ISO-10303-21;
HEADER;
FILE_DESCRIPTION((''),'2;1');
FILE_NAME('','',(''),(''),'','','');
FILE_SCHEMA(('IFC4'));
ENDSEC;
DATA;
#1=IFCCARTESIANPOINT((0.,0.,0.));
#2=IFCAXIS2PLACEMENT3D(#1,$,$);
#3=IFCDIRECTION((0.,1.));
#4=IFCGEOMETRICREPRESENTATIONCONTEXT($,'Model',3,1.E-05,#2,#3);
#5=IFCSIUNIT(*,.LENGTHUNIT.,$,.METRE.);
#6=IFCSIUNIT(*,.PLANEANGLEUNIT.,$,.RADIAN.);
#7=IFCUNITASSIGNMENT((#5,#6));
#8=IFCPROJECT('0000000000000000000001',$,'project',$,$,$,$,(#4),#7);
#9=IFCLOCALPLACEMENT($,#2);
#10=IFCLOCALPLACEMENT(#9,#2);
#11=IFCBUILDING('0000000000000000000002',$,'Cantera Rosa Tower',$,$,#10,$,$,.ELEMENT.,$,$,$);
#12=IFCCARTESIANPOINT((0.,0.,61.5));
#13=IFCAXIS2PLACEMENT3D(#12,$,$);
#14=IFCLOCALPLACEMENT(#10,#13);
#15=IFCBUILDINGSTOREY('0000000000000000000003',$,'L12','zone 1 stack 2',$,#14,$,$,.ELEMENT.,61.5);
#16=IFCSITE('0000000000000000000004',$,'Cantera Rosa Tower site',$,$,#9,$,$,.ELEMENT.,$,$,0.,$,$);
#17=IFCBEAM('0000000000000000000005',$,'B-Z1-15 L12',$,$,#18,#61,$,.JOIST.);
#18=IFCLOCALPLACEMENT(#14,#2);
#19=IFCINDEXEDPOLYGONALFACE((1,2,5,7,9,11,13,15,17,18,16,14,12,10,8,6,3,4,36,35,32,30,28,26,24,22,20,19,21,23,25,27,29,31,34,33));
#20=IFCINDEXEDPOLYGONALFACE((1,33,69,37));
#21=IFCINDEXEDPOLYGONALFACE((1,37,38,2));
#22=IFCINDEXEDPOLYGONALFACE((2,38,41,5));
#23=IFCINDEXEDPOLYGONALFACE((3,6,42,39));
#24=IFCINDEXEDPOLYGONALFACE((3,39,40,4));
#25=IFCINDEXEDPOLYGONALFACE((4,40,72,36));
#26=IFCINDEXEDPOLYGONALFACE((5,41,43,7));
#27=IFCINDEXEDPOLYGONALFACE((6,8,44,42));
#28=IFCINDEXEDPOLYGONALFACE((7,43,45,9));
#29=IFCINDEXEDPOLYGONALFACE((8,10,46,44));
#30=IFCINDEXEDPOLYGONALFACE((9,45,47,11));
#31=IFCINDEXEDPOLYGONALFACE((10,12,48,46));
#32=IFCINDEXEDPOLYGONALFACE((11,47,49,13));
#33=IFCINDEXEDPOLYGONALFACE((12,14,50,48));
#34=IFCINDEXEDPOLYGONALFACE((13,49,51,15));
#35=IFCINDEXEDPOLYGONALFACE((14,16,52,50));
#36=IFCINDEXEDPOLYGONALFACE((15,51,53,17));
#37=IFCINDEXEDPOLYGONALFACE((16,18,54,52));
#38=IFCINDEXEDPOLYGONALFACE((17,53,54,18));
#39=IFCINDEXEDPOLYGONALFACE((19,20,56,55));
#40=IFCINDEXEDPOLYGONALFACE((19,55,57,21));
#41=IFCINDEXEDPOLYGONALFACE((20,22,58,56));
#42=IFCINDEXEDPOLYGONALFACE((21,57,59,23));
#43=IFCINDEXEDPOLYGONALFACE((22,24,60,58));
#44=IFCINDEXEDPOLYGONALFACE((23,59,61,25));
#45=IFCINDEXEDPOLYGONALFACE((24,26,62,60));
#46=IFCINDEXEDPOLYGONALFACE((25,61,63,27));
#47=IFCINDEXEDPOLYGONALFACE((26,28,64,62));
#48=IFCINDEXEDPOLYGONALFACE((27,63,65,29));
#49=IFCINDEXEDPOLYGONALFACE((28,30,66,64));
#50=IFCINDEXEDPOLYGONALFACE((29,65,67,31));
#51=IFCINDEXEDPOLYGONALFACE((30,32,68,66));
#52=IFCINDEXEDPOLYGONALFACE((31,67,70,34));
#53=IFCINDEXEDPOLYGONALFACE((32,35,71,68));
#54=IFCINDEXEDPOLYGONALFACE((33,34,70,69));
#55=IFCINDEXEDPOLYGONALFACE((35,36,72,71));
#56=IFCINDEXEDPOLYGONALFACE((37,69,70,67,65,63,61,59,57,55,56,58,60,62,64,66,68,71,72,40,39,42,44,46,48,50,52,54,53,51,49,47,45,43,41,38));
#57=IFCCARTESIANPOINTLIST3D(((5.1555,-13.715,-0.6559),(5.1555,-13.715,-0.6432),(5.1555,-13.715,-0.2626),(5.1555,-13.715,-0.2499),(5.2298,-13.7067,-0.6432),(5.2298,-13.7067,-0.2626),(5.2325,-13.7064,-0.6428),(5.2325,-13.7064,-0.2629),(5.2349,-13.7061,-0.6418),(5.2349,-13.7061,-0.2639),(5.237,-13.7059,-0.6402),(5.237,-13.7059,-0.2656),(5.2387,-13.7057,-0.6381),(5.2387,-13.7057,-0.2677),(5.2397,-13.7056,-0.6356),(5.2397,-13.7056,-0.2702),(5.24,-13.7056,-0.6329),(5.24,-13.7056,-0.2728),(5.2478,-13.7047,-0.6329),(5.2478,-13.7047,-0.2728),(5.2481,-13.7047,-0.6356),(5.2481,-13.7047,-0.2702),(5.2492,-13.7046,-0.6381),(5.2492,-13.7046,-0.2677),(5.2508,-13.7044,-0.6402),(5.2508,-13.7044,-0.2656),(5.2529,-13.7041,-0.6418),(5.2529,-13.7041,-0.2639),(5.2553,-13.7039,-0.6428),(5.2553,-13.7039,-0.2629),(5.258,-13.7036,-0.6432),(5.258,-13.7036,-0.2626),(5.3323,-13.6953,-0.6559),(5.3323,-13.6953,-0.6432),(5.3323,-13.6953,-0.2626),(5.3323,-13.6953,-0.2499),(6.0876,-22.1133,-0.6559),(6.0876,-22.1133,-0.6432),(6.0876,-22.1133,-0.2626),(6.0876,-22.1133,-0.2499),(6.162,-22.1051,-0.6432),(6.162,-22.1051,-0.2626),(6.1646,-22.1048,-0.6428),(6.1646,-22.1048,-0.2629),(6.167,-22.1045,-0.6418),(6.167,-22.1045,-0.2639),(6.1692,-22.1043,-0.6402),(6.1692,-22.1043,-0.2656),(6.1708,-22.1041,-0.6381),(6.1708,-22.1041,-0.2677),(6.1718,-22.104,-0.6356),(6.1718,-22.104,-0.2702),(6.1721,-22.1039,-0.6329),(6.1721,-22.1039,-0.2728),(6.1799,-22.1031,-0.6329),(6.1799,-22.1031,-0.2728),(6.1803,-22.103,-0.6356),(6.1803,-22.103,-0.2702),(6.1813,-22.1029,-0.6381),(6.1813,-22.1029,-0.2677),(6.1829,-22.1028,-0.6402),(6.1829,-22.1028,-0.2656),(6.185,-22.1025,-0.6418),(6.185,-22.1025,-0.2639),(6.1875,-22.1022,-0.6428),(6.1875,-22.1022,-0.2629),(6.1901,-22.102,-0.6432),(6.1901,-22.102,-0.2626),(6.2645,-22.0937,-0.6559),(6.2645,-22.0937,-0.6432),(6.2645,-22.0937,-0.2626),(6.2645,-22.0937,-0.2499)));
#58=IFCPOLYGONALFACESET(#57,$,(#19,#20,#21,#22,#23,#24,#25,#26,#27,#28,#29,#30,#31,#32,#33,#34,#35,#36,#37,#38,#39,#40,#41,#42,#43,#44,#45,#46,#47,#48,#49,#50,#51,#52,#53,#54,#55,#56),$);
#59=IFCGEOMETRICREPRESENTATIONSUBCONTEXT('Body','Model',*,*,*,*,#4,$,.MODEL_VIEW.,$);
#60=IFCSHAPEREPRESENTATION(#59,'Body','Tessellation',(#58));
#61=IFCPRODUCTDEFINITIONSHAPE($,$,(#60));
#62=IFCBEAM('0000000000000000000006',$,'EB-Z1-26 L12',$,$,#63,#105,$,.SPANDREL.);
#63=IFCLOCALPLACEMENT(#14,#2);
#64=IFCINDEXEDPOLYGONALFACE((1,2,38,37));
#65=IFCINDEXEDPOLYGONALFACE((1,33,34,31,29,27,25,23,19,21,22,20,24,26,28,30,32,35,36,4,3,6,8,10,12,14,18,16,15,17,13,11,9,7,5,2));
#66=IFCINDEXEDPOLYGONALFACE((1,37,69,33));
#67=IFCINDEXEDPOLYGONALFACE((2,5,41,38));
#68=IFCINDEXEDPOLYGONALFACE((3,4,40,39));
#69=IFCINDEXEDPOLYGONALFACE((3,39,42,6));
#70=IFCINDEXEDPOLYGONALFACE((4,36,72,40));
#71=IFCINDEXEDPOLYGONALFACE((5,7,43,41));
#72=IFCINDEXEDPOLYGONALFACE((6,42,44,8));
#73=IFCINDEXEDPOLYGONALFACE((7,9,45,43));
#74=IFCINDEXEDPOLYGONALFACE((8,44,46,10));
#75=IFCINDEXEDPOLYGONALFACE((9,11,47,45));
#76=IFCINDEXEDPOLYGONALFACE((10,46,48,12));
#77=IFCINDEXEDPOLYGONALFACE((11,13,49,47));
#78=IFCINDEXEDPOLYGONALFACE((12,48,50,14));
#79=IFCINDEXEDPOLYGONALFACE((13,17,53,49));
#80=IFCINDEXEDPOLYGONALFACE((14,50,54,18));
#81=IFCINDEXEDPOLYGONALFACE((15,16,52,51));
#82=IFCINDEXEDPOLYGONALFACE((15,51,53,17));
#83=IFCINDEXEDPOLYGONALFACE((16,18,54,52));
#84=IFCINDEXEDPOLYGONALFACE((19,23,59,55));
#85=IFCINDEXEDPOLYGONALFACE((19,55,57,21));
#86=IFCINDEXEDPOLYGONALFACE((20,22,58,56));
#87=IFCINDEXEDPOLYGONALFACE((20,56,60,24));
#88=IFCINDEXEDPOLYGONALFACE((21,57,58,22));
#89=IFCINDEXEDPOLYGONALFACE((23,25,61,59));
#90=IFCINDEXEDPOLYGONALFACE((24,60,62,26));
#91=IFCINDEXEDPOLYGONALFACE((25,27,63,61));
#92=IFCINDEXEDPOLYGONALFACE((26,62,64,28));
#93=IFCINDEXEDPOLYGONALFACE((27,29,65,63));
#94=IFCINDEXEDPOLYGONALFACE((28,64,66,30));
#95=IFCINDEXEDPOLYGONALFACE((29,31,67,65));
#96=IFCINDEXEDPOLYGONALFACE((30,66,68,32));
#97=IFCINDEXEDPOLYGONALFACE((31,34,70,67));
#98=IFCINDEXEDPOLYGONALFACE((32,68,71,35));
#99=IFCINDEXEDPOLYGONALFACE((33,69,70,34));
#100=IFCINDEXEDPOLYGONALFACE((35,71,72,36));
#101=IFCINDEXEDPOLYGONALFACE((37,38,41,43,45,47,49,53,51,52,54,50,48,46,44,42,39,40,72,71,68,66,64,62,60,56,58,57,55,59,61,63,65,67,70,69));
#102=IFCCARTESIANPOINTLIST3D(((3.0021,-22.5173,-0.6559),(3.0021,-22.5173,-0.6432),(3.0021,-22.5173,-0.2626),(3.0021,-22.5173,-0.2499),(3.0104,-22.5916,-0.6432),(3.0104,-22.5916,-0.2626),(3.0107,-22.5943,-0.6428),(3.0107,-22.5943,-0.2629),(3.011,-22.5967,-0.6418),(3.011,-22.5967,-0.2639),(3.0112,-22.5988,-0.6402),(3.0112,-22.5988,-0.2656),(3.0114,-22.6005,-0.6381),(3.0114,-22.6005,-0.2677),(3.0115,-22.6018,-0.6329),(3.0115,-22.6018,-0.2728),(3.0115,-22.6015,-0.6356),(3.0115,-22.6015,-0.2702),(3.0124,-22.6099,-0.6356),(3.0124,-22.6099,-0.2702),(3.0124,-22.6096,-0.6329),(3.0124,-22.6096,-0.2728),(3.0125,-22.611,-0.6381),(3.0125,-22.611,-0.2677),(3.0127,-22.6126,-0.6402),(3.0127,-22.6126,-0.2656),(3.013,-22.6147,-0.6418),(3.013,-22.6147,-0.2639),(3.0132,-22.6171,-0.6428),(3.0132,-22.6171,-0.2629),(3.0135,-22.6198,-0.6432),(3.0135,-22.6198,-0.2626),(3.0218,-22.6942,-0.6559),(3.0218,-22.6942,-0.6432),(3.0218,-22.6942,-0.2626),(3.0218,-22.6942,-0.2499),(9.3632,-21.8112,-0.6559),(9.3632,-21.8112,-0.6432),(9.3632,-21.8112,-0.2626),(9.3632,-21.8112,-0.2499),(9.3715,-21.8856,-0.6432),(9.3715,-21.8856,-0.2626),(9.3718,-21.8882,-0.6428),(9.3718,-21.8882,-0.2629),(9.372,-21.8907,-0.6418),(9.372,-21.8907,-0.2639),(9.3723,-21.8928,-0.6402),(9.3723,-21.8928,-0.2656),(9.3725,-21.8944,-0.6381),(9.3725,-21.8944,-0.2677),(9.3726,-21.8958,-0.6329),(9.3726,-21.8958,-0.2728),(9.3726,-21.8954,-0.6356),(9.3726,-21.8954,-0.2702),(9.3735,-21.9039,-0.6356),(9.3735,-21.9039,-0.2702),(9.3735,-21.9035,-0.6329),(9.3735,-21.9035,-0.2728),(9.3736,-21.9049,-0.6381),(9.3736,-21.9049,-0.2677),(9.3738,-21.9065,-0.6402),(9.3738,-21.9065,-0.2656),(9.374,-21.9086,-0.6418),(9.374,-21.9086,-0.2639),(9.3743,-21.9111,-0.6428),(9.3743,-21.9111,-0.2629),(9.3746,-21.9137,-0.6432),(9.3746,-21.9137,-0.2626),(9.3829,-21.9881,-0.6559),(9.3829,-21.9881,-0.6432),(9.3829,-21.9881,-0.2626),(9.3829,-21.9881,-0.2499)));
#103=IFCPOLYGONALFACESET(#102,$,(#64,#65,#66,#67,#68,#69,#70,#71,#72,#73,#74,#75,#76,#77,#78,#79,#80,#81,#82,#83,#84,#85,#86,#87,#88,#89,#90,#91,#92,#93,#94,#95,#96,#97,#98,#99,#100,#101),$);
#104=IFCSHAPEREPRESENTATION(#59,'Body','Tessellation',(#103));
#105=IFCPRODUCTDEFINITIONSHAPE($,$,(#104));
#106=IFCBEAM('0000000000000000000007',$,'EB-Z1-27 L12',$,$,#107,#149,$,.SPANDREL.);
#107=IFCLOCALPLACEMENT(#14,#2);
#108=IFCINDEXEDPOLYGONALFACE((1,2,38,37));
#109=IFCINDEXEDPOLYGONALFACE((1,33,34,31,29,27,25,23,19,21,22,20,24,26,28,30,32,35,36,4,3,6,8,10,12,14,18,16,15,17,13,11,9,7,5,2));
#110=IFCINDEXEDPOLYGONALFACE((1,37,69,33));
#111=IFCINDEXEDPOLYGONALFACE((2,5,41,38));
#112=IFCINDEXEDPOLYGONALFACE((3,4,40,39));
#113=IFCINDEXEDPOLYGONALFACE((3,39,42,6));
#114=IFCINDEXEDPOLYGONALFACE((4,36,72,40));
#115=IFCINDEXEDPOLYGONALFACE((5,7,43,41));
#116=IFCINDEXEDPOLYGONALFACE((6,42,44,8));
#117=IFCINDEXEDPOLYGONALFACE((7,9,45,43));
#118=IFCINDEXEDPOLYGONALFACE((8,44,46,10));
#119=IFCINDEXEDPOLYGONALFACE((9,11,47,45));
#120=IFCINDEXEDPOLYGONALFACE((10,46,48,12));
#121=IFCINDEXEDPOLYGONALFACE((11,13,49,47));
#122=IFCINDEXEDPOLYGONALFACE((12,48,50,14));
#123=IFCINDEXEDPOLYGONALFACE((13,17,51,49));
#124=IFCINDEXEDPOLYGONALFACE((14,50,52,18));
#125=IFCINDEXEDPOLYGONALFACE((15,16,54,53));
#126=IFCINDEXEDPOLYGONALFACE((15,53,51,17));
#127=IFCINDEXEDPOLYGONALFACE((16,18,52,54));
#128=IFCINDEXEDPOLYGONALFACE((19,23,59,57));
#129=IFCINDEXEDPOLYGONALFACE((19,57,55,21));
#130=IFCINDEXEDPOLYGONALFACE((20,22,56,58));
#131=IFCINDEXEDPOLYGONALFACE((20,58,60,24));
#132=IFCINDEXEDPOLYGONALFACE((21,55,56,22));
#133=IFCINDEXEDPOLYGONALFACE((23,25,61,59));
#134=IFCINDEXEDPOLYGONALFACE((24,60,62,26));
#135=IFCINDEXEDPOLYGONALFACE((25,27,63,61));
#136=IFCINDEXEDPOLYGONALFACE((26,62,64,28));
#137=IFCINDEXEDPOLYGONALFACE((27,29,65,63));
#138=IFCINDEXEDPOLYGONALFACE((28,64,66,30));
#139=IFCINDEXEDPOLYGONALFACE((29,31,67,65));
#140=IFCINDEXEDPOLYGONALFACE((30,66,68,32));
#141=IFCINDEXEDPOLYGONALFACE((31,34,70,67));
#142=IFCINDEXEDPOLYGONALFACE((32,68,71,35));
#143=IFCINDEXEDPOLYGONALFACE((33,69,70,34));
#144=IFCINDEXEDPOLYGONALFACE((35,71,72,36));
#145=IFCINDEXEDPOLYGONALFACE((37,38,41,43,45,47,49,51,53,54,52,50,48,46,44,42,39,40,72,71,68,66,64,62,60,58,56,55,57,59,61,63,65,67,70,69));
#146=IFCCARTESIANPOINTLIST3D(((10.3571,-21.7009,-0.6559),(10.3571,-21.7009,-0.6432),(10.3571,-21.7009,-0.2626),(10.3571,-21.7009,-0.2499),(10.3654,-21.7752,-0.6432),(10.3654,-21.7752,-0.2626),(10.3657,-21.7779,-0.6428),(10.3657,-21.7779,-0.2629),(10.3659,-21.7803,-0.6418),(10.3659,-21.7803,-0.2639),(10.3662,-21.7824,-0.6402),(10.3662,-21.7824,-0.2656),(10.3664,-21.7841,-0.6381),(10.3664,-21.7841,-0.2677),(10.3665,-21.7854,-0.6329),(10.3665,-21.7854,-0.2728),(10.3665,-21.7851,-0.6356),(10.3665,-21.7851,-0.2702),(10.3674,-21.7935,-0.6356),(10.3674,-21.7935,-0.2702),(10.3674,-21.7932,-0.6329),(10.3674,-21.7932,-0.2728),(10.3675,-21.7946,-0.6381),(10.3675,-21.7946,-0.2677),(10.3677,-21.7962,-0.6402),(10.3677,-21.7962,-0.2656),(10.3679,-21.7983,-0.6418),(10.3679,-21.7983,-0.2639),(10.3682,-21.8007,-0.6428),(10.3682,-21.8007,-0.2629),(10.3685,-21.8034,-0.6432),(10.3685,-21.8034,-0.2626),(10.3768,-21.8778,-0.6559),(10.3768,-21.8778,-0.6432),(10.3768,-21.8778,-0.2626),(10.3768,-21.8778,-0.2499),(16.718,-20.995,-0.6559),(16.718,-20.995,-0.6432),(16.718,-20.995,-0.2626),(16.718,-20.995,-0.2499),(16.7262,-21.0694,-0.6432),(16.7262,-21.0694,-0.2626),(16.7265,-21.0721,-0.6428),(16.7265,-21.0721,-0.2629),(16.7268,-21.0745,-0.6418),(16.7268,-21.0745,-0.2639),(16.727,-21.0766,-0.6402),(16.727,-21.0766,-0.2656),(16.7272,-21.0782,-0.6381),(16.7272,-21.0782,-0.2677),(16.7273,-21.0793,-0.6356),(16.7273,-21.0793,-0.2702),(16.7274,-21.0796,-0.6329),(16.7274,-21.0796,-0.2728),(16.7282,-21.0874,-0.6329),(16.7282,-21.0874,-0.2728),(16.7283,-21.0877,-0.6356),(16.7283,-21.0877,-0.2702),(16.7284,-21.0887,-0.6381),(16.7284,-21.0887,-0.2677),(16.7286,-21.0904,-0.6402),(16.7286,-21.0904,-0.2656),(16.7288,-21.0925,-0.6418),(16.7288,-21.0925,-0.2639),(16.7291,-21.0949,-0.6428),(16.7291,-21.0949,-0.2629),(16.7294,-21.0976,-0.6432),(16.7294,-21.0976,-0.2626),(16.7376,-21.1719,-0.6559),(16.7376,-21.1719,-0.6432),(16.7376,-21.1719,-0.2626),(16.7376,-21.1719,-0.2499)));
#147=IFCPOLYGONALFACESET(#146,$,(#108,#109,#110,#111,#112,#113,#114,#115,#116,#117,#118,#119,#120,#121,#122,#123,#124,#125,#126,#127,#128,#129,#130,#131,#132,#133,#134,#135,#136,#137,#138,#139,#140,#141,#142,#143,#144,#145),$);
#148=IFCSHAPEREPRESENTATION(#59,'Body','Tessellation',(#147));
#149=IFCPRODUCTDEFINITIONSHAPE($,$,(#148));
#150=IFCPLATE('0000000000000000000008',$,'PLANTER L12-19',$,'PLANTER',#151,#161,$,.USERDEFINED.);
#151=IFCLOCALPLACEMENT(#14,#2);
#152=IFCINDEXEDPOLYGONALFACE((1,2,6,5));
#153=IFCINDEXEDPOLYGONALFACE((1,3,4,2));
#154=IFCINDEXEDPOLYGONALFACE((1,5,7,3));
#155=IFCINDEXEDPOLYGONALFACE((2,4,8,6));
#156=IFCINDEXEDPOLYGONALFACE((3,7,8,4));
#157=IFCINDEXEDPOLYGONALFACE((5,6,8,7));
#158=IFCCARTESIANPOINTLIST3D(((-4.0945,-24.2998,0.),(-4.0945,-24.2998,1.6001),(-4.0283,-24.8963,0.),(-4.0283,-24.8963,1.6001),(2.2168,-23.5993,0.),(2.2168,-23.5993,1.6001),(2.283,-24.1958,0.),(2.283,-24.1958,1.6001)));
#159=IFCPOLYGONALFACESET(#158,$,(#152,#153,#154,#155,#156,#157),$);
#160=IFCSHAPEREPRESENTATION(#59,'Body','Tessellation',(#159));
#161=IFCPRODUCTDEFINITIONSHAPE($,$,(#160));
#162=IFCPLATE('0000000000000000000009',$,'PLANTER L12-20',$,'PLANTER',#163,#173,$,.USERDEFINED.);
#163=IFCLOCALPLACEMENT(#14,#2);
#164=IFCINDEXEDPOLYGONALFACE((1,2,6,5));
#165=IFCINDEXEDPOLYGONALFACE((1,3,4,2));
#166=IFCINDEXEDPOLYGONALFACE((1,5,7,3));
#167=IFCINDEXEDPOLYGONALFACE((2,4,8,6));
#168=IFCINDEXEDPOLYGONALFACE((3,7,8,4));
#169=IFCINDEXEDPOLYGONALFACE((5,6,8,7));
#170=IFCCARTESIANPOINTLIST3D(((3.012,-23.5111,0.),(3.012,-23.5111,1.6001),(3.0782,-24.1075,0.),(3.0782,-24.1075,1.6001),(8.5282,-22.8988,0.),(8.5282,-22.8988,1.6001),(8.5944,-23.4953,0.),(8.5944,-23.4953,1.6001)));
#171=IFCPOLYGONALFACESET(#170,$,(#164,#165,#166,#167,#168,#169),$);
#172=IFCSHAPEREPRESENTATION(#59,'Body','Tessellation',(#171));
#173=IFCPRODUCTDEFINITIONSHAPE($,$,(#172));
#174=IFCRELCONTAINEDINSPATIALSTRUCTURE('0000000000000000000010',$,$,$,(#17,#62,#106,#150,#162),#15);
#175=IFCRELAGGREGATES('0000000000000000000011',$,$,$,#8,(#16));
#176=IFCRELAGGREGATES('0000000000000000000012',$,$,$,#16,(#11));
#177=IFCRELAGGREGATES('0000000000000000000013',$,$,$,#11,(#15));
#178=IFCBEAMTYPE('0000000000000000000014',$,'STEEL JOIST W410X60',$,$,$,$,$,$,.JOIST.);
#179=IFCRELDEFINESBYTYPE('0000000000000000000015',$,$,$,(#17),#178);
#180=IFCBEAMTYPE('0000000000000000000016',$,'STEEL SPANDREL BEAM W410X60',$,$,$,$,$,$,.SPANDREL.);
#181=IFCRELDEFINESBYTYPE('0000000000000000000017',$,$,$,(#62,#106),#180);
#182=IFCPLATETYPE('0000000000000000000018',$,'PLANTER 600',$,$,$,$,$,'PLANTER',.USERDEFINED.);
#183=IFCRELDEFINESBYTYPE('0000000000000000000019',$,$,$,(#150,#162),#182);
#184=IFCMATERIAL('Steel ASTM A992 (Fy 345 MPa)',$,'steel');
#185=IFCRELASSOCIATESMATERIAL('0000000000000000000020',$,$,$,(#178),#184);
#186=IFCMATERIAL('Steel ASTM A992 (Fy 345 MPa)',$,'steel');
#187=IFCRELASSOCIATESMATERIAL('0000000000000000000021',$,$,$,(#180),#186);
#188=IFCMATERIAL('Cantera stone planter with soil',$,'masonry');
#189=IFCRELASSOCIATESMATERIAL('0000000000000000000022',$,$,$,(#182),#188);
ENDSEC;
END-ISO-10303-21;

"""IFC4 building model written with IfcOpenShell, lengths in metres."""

from ifc_helpers import new_model, si_unit, direction, frame, origin, origin_2d, place, context, subcontext, project, spatial, rectangle, i_section, extrude, material, material_profile, profile_set, type_object, element, save


model = new_model("IFC4")

# Units and contexts
model_context = context("Model", 3, precision=1e-05, world=origin(), true_north=direction((0.0, 1.0)))
body_context = subcontext(model_context, "Body", "Model", "MODEL_VIEW")
ifc_project = project(units=[si_unit("LENGTHUNIT", "METRE"), si_unit("PLANEANGLEUNIT", "RADIAN")], contexts=[model_context])

# Site, building, storey
site_placement = place(None, origin())
site = spatial("IfcSite", under=ifc_project, at=site_placement, Name="Cantera Rosa Tower site", CompositionType="ELEMENT", RefElevation=0.0)
building_placement = place(site_placement, origin())
building = spatial("IfcBuilding", under=site, at=building_placement, Name="Cantera Rosa Tower", CompositionType="ELEMENT")
storey_placement = place(building_placement, frame((0.0, 0.0, 61.5)))
storey = spatial("IfcBuildingStorey", under=building, at=storey_placement, Name="L12", Description="zone 1 stack 2", CompositionType="ELEMENT", Elevation=61.5)

# Beams
ifc_material_1 = material(Name="Steel ASTM A992 (Fy 345 MPa)", Category="steel")
ifc_material_profile_1 = material_profile(ifc_material_1, i_section(OverallWidth=0.178, OverallDepth=0.406, WebThickness=0.0078, FlangeThickness=0.0127, FilletRadius=0.0103, at=origin_2d()), Name="W410X60")
ifc_profile_set_1 = profile_set([ifc_material_profile_1], Name="Steel ASTM A992 (Fy 345 MPa)")
beam_type_1 = type_object("IfcBeamType", Name="STEEL JOIST W410X60", PredefinedType="JOIST", material=ifc_profile_set_1)
for number, where, z_axis, x_axis, name in (
    (1, (6.176, -22.1035, -0.4529), (-0.110311, 0.993897, 0.0), (-0.993897, -0.110311, 0.0), "B-Z1-15 L12"),
):
    element("IfcBeam", number, at=place(storey_placement, frame(where, z_axis=z_axis, x_axis=x_axis)), inside=storey, type_object=beam_type_1, Name=name, PredefinedType="JOIST", context=body_context, shape_type="SweptSolid", body=[
        extrude(i_section(OverallWidth=0.178, OverallDepth=0.406, WebThickness=0.0078, FlangeThickness=0.0127, FilletRadius=0.0103, at=origin_2d()), origin(), (0.0, 0.0, 1.0), 8.45),
    ])
ifc_material_2 = material(Name="Steel ASTM A992 (Fy 345 MPa)", Category="steel")
ifc_material_profile_2 = material_profile(ifc_material_2, i_section(OverallWidth=0.178, OverallDepth=0.406, WebThickness=0.0078, FlangeThickness=0.0127, FilletRadius=0.0103, at=origin_2d()), Name="W410X60")
ifc_profile_set_2 = profile_set([ifc_material_profile_2], Name="Steel ASTM A992 (Fy 345 MPa)")
beam_type_2 = type_object("IfcBeamType", Name="STEEL SPANDREL BEAM W410X60", PredefinedType="SPANDREL", material=ifc_profile_set_2)
beam_1_placement = place(storey_placement, frame((3.012, -22.6057, -0.4529), z_axis=(0.993896, 0.110318, 0.0), x_axis=(-0.110318, 0.993896, 0.0)))
element("IfcBeam", 2, at=beam_1_placement, inside=storey, type_object=beam_type_2, Name="EB-Z1-26 L12", PredefinedType="SPANDREL", context=body_context, shape_type="SweptSolid", body=[
    extrude(i_section(OverallWidth=0.178, OverallDepth=0.406, WebThickness=0.0078, FlangeThickness=0.0127, FilletRadius=0.0103, at=origin_2d()), origin(), (0.0, 0.0, 1.0), 6.4001),
])
beam_2_placement = place(storey_placement, frame((10.3669, -21.7893, -0.4529), z_axis=(0.9939, 0.110285, 0.0), x_axis=(-0.110285, 0.9939, 0.0)))
element("IfcBeam", 3, at=beam_2_placement, inside=storey, type_object=beam_type_2, Name="EB-Z1-27 L12", PredefinedType="SPANDREL", context=body_context, shape_type="SweptSolid", body=[
    extrude(i_section(OverallWidth=0.178, OverallDepth=0.406, WebThickness=0.0078, FlangeThickness=0.0127, FilletRadius=0.0103, at=origin_2d()), origin(), (0.0, 0.0, 1.0), 6.3999),
])

# Plates
ifc_material_3 = material(Name="Cantera stone planter with soil", Category="masonry")
plate_type = type_object("IfcPlateType", Name="PLANTER 600", ElementType="PLANTER", PredefinedType="USERDEFINED", material=ifc_material_3)
plate_1_placement = place(storey_placement, frame((-0.9058, -24.2478, 0.0), z_axis=(0.0, 0.0, 1.0), x_axis=(0.993897, 0.110313, 0.0)))
element("IfcPlate", 4, at=plate_1_placement, inside=storey, type_object=plate_type, Name="PLANTER L12-19", ObjectType="PLANTER", PredefinedType="USERDEFINED", context=body_context, shape_type="SweptSolid", body=[
    extrude(rectangle(XDim=6.3501, YDim=0.6001, at=origin_2d()), origin(), (0.0, 0.0, 1.0), 1.6001),
])
plate_2_placement = place(storey_placement, frame((5.8032, -23.5032, 0.0), z_axis=(0.0, 0.0, 1.0), x_axis=(0.993897, 0.110313, 0.0)))
element("IfcPlate", 5, at=plate_2_placement, inside=storey, type_object=plate_type, Name="PLANTER L12-20", ObjectType="PLANTER", PredefinedType="USERDEFINED", context=body_context, shape_type="SweptSolid", body=[
    extrude(rectangle(XDim=5.55, YDim=0.6001, at=origin_2d()), origin(), (0.0, 0.0, 1.0), 1.6001),
])

save(model, "model.ifc")
